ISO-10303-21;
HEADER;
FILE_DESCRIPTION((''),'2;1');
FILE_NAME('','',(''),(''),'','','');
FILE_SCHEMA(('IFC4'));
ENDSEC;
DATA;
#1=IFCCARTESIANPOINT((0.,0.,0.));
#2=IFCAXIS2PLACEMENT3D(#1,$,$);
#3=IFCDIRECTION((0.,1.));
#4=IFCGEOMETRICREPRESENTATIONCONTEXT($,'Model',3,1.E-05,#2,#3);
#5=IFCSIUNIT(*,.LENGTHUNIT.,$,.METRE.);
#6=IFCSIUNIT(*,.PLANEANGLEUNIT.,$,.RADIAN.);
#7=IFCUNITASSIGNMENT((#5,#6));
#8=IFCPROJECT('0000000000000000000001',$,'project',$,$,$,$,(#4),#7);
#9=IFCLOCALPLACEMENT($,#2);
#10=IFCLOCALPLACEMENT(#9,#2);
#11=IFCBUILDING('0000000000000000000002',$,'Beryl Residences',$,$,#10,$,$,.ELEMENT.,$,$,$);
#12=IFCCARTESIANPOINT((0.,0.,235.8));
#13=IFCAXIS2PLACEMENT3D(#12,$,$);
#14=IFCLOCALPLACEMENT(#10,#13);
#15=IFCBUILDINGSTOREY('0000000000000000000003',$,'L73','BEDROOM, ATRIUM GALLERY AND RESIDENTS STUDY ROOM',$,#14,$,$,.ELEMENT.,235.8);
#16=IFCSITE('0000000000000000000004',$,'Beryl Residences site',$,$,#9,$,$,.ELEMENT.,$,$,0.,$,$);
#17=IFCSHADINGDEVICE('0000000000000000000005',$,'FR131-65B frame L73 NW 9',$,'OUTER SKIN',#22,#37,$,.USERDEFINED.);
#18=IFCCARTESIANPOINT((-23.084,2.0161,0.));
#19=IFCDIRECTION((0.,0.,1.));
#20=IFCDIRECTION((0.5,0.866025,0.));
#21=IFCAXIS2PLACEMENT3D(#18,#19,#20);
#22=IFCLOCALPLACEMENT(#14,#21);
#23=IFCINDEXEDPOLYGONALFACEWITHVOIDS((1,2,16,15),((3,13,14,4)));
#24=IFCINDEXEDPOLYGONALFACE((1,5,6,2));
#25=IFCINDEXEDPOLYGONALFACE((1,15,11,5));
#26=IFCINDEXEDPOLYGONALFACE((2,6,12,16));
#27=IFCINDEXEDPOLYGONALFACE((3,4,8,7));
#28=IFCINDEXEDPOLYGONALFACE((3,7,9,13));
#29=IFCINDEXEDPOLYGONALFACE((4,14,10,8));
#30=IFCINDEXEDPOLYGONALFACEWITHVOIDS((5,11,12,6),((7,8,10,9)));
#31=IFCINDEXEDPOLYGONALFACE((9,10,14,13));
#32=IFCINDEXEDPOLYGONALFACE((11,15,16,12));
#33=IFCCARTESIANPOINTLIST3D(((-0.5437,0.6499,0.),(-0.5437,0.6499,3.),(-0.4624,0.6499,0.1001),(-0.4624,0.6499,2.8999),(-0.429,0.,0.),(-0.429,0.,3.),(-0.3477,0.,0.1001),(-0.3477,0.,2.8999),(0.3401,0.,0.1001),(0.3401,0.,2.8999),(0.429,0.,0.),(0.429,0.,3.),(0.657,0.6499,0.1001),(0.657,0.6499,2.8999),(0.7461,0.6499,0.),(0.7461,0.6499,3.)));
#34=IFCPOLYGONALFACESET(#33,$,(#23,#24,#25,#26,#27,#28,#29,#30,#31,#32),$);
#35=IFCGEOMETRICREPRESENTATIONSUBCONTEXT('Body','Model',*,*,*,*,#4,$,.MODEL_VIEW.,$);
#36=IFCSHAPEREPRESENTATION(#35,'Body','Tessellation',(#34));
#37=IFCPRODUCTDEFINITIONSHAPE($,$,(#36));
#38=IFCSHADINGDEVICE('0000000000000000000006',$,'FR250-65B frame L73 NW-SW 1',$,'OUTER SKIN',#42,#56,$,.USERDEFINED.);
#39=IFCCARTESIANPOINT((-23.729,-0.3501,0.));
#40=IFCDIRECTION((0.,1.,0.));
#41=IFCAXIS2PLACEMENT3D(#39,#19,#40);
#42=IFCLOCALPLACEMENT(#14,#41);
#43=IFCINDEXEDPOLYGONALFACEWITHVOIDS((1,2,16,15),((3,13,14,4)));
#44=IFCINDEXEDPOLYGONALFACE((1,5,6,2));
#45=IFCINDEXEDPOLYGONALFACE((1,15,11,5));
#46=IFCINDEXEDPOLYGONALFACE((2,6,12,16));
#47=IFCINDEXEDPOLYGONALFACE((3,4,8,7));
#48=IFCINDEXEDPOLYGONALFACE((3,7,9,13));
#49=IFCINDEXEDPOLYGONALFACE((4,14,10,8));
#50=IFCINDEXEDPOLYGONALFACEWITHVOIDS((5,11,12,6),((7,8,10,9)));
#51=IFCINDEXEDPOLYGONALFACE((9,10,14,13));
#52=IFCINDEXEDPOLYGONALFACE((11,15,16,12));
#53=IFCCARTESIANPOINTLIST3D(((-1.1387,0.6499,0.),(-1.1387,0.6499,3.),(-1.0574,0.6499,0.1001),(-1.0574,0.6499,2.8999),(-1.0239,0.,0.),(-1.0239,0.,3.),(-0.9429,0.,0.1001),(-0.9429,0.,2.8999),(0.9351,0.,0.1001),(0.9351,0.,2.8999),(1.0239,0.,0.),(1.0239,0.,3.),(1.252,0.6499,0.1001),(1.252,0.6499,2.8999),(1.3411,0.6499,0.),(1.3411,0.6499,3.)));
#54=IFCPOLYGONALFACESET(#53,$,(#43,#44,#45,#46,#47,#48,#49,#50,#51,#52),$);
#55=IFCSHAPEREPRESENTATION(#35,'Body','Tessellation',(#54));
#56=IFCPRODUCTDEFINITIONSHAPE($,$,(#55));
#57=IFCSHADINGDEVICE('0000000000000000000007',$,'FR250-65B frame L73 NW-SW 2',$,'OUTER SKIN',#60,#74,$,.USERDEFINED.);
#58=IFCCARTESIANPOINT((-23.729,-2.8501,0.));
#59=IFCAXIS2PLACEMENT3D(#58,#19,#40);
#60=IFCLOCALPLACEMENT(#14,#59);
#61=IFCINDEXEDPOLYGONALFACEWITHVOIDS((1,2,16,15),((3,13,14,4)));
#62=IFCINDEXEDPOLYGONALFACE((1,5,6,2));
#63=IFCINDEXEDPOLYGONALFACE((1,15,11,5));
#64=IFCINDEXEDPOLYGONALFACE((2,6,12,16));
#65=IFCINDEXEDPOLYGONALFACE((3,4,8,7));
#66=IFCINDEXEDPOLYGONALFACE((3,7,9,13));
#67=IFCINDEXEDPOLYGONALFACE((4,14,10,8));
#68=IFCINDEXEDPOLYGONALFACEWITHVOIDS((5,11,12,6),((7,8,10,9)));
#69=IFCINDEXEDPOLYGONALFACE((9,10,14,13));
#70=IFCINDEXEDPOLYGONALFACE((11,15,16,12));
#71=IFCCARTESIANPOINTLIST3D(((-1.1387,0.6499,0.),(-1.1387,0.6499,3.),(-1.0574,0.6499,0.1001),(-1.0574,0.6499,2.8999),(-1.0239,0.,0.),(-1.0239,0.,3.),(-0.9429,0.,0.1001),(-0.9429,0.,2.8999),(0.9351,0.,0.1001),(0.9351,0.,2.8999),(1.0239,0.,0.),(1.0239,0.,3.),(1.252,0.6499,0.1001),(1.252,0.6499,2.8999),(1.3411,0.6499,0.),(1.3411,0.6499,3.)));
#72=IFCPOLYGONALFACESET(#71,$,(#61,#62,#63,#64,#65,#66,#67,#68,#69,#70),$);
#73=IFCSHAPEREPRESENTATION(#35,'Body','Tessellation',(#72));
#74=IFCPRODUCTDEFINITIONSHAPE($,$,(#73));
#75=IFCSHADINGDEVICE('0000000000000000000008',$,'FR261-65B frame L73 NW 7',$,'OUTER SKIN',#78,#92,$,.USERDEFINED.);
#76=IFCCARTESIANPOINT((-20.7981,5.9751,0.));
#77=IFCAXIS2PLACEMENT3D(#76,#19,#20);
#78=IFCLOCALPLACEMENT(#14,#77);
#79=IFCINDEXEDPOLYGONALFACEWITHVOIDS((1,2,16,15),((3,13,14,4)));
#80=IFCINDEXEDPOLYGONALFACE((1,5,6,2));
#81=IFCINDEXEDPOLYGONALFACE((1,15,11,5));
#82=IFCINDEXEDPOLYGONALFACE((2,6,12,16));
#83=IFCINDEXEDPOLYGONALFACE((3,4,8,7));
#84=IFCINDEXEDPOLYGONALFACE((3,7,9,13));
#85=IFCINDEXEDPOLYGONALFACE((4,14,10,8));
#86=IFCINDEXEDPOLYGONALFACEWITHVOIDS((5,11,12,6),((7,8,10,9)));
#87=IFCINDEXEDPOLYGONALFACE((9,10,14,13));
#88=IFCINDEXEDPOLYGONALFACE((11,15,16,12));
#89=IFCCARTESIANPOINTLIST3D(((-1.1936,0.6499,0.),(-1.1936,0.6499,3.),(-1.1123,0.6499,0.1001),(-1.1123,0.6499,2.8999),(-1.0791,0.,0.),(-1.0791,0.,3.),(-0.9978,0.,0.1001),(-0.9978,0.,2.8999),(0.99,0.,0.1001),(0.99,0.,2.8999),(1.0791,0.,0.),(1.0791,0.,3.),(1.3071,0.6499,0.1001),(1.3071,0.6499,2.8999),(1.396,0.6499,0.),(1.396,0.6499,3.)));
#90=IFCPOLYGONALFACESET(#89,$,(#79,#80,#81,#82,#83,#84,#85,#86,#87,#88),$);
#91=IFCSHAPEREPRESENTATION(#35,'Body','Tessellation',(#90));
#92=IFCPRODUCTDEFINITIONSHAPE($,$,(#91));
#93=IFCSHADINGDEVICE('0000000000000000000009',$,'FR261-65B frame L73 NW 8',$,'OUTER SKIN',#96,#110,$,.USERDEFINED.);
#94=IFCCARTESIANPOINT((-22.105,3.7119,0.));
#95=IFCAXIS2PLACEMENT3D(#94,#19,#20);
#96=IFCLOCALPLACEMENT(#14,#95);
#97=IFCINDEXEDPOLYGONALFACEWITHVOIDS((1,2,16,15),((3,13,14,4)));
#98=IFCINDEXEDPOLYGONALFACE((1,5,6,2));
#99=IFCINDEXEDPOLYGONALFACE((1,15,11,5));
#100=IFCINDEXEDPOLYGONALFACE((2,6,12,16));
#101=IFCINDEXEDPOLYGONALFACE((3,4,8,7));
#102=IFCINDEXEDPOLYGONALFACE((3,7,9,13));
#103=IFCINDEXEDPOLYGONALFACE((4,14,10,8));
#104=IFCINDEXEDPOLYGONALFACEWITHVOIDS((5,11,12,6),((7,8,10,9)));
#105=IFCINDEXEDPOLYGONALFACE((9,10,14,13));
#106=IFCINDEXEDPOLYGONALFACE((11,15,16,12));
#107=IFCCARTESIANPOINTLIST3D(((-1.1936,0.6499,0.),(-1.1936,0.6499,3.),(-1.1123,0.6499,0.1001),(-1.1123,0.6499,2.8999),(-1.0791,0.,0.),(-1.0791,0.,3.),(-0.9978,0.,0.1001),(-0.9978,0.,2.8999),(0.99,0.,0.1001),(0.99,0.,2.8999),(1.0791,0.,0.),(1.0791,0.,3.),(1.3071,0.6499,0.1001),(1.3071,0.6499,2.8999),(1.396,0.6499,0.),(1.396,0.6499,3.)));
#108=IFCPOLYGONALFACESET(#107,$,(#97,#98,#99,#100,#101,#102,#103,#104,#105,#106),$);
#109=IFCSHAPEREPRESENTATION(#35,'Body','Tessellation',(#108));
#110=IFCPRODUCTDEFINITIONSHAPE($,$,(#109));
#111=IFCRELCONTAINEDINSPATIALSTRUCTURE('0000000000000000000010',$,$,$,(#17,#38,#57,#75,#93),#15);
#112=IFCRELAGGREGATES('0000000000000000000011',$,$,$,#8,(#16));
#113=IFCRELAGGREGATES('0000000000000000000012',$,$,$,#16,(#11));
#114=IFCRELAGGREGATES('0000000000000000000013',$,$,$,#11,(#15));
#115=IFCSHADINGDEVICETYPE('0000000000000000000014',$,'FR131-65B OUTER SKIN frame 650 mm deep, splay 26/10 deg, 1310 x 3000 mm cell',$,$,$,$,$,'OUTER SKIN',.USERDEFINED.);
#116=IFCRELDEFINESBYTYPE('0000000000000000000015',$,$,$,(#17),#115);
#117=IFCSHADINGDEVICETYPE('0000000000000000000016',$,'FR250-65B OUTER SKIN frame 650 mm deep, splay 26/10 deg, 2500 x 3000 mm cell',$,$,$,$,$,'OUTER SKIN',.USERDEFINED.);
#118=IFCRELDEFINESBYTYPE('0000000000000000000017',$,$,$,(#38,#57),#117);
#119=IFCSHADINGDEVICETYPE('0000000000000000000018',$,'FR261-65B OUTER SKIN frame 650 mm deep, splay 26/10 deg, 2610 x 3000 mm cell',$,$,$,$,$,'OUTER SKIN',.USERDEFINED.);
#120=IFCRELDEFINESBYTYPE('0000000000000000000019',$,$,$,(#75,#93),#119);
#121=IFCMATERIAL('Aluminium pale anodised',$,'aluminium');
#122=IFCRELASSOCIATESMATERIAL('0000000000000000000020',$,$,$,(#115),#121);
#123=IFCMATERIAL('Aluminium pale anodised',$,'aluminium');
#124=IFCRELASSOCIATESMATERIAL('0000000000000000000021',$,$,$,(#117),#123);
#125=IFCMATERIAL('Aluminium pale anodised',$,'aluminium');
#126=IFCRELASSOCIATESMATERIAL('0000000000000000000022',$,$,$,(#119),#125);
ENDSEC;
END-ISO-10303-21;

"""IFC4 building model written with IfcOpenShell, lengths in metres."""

from ifc_helpers import new_model, entity, si_unit, direction, frame, origin, place, context, subcontext, project, spatial, source, transform, mapped, material, type_object, type_shapes, element, save


model = new_model("IFC4")

# Units and contexts
model_context = context("Model", 3, precision=1e-05, world=origin(), true_north=direction((0.0, 1.0)))
body_context = subcontext(model_context, "Body", "Model", "MODEL_VIEW")
ifc_project = project(units=[si_unit("LENGTHUNIT", "METRE"), si_unit("PLANEANGLEUNIT", "RADIAN")], contexts=[model_context])

# Site, building, storey
site_placement = place(None, origin())
site = spatial("IfcSite", under=ifc_project, at=site_placement, Name="Beryl Residences site", CompositionType="ELEMENT", RefElevation=0.0)
building_placement = place(site_placement, origin())
building = spatial("IfcBuilding", under=site, at=building_placement, Name="Beryl Residences", CompositionType="ELEMENT")
storey_placement = place(building_placement, frame((0.0, 0.0, 235.8)))
storey = spatial("IfcBuildingStorey", under=building, at=storey_placement, Name="L73", Description="BEDROOM, ATRIUM GALLERY AND RESIDENTS STUDY ROOM", CompositionType="ELEMENT", Elevation=235.8)

# Shading devices
ifc_material_1 = material(Name="Aluminium pale anodised", Category="aluminium")
shading_device_type_1 = type_object("IfcShadingDeviceType", Name="FR131-65B OUTER SKIN frame 650 mm deep, splay 26/10 deg, 1310 x 3000 mm cell", ElementType="OUTER SKIN", PredefinedType="USERDEFINED", material=ifc_material_1)
cartesian_point_1 = entity("IfcCartesianPoint", [-0.429, 0.0])
cartesian_point_2 = entity("IfcCartesianPoint", [-0.3401, 0.1001])
cartesian_point_3 = entity("IfcCartesianPoint", [-0.7461, 0.0])
cartesian_point_4 = entity("IfcCartesianPoint", [-0.657, 0.1001])
shared_shape_1 = source(origin(), body_context, "Body", "SweptSolid", [
    entity("IfcExtrudedAreaSolidTapered", entity("IfcArbitraryProfileDefWithVoids", "AREA", None, entity("IfcPolyline", [cartesian_point_1, entity("IfcCartesianPoint", [0.429, 0.0]), entity("IfcCartesianPoint", [0.429, 3.0]), entity("IfcCartesianPoint", [-0.429, 3.0]), cartesian_point_1]), [entity("IfcPolyline", [cartesian_point_2, entity("IfcCartesianPoint", [0.3477, 0.1001]), entity("IfcCartesianPoint", [0.3477, 2.8999]), entity("IfcCartesianPoint", [-0.3401, 2.8999]), cartesian_point_2])]), entity("IfcAxis2Placement3D", entity("IfcCartesianPoint", [0.0, 0.0, 0.0]), entity("IfcDirection", [0.0, 1.0, 0.0]), entity("IfcDirection", [-1.0, 0.0, 0.0])), entity("IfcDirection", [0.0, 0.0, 1.0]), 0.6499, entity("IfcArbitraryProfileDefWithVoids", "AREA", None, entity("IfcPolyline", [cartesian_point_3, entity("IfcCartesianPoint", [0.5437, 0.0]), entity("IfcCartesianPoint", [0.5437, 3.0]), entity("IfcCartesianPoint", [-0.7461, 3.0]), cartesian_point_3]), [entity("IfcPolyline", [cartesian_point_4, entity("IfcCartesianPoint", [0.4624, 0.1001]), entity("IfcCartesianPoint", [0.4624, 2.8999]), entity("IfcCartesianPoint", [-0.657, 2.8999]), cartesian_point_4])])),
])
type_shapes(shading_device_type_1, [shared_shape_1])
shading_device_placement = place(storey_placement, frame((-23.084, 2.0161, 0.0), z_axis=(0.0, 0.0, 1.0), x_axis=(0.5, 0.866025, 0.0)))
element("IfcShadingDevice", 1, at=shading_device_placement, inside=storey, type_object=shading_device_type_1, Name="FR131-65B frame L73 NW 9", ObjectType="OUTER SKIN", PredefinedType="USERDEFINED", context=body_context, shape_type="MappedRepresentation", body=[
    mapped(shared_shape_1, transform((0.0, 0.0, 0.0))),
])
ifc_material_2 = material(Name="Aluminium pale anodised", Category="aluminium")
shading_device_type_2 = type_object("IfcShadingDeviceType", Name="FR250-65B OUTER SKIN frame 650 mm deep, splay 26/10 deg, 2500 x 3000 mm cell", ElementType="OUTER SKIN", PredefinedType="USERDEFINED", material=ifc_material_2)
cartesian_point_5 = entity("IfcCartesianPoint", [-1.0239, 0.0])
cartesian_point_6 = entity("IfcCartesianPoint", [-0.9351, 0.1001])
cartesian_point_7 = entity("IfcCartesianPoint", [-1.3411, 0.0])
cartesian_point_8 = entity("IfcCartesianPoint", [-1.252, 0.1001])
shared_shape_2 = source(origin(), body_context, "Body", "SweptSolid", [
    entity("IfcExtrudedAreaSolidTapered", entity("IfcArbitraryProfileDefWithVoids", "AREA", None, entity("IfcPolyline", [cartesian_point_5, entity("IfcCartesianPoint", [1.0239, 0.0]), entity("IfcCartesianPoint", [1.0239, 3.0]), entity("IfcCartesianPoint", [-1.0239, 3.0]), cartesian_point_5]), [entity("IfcPolyline", [cartesian_point_6, entity("IfcCartesianPoint", [0.9429, 0.1001]), entity("IfcCartesianPoint", [0.9429, 2.8999]), entity("IfcCartesianPoint", [-0.9351, 2.8999]), cartesian_point_6])]), entity("IfcAxis2Placement3D", entity("IfcCartesianPoint", [0.0, 0.0, 0.0]), entity("IfcDirection", [0.0, 1.0, 0.0]), entity("IfcDirection", [-1.0, 0.0, 0.0])), entity("IfcDirection", [0.0, 0.0, 1.0]), 0.6499, entity("IfcArbitraryProfileDefWithVoids", "AREA", None, entity("IfcPolyline", [cartesian_point_7, entity("IfcCartesianPoint", [1.1387, 0.0]), entity("IfcCartesianPoint", [1.1387, 3.0]), entity("IfcCartesianPoint", [-1.3411, 3.0]), cartesian_point_7]), [entity("IfcPolyline", [cartesian_point_8, entity("IfcCartesianPoint", [1.0574, 0.1001]), entity("IfcCartesianPoint", [1.0574, 2.8999]), entity("IfcCartesianPoint", [-1.252, 2.8999]), cartesian_point_8])])),
])
type_shapes(shading_device_type_2, [shared_shape_2])
for number, where, z_axis, x_axis, name in (
    (2, (-23.729, -0.3501, 0.0), (0.0, 0.0, 1.0), (0.0, 1.0, 0.0), "FR250-65B frame L73 NW-SW 1"),
    (3, (-23.729, -2.8501, 0.0), (0.0, 0.0, 1.0), (0.0, 1.0, 0.0), "FR250-65B frame L73 NW-SW 2"),
):
    element("IfcShadingDevice", number, at=place(storey_placement, frame(where, z_axis=z_axis, x_axis=x_axis)), inside=storey, type_object=shading_device_type_2, Name=name, ObjectType="OUTER SKIN", PredefinedType="USERDEFINED", context=body_context, shape_type="MappedRepresentation", body=[
        mapped(shared_shape_2, transform((0.0, 0.0, 0.0))),
    ])
ifc_material_3 = material(Name="Aluminium pale anodised", Category="aluminium")
shading_device_type_3 = type_object("IfcShadingDeviceType", Name="FR261-65B OUTER SKIN frame 650 mm deep, splay 26/10 deg, 2610 x 3000 mm cell", ElementType="OUTER SKIN", PredefinedType="USERDEFINED", material=ifc_material_3)
cartesian_point_9 = entity("IfcCartesianPoint", [-1.0791, 0.0])
cartesian_point_10 = entity("IfcCartesianPoint", [-0.99, 0.1001])
cartesian_point_11 = entity("IfcCartesianPoint", [-1.396, 0.0])
cartesian_point_12 = entity("IfcCartesianPoint", [-1.3071, 0.1001])
shared_shape_3 = source(origin(), body_context, "Body", "SweptSolid", [
    entity("IfcExtrudedAreaSolidTapered", entity("IfcArbitraryProfileDefWithVoids", "AREA", None, entity("IfcPolyline", [cartesian_point_9, entity("IfcCartesianPoint", [1.0791, 0.0]), entity("IfcCartesianPoint", [1.0791, 3.0]), entity("IfcCartesianPoint", [-1.0791, 3.0]), cartesian_point_9]), [entity("IfcPolyline", [cartesian_point_10, entity("IfcCartesianPoint", [0.9978, 0.1001]), entity("IfcCartesianPoint", [0.9978, 2.8999]), entity("IfcCartesianPoint", [-0.99, 2.8999]), cartesian_point_10])]), entity("IfcAxis2Placement3D", entity("IfcCartesianPoint", [0.0, 0.0, 0.0]), entity("IfcDirection", [0.0, 1.0, 0.0]), entity("IfcDirection", [-1.0, 0.0, 0.0])), entity("IfcDirection", [0.0, 0.0, 1.0]), 0.6499, entity("IfcArbitraryProfileDefWithVoids", "AREA", None, entity("IfcPolyline", [cartesian_point_11, entity("IfcCartesianPoint", [1.1936, 0.0]), entity("IfcCartesianPoint", [1.1936, 3.0]), entity("IfcCartesianPoint", [-1.396, 3.0]), cartesian_point_11]), [entity("IfcPolyline", [cartesian_point_12, entity("IfcCartesianPoint", [1.1123, 0.1001]), entity("IfcCartesianPoint", [1.1123, 2.8999]), entity("IfcCartesianPoint", [-1.3071, 2.8999]), cartesian_point_12])])),
])
type_shapes(shading_device_type_3, [shared_shape_3])
for number, where, z_axis, x_axis, name in (
    (4, (-20.7981, 5.9751, 0.0), (0.0, 0.0, 1.0), (0.5, 0.866025, 0.0), "FR261-65B frame L73 NW 7"),
    (5, (-22.105, 3.7119, 0.0), (0.0, 0.0, 1.0), (0.5, 0.866025, 0.0), "FR261-65B frame L73 NW 8"),
):
    element("IfcShadingDevice", number, at=place(storey_placement, frame(where, z_axis=z_axis, x_axis=x_axis)), inside=storey, type_object=shading_device_type_3, Name=name, ObjectType="OUTER SKIN", PredefinedType="USERDEFINED", context=body_context, shape_type="MappedRepresentation", body=[
        mapped(shared_shape_3, transform((0.0, 0.0, 0.0))),
    ])

save(model, "model.ifc")
